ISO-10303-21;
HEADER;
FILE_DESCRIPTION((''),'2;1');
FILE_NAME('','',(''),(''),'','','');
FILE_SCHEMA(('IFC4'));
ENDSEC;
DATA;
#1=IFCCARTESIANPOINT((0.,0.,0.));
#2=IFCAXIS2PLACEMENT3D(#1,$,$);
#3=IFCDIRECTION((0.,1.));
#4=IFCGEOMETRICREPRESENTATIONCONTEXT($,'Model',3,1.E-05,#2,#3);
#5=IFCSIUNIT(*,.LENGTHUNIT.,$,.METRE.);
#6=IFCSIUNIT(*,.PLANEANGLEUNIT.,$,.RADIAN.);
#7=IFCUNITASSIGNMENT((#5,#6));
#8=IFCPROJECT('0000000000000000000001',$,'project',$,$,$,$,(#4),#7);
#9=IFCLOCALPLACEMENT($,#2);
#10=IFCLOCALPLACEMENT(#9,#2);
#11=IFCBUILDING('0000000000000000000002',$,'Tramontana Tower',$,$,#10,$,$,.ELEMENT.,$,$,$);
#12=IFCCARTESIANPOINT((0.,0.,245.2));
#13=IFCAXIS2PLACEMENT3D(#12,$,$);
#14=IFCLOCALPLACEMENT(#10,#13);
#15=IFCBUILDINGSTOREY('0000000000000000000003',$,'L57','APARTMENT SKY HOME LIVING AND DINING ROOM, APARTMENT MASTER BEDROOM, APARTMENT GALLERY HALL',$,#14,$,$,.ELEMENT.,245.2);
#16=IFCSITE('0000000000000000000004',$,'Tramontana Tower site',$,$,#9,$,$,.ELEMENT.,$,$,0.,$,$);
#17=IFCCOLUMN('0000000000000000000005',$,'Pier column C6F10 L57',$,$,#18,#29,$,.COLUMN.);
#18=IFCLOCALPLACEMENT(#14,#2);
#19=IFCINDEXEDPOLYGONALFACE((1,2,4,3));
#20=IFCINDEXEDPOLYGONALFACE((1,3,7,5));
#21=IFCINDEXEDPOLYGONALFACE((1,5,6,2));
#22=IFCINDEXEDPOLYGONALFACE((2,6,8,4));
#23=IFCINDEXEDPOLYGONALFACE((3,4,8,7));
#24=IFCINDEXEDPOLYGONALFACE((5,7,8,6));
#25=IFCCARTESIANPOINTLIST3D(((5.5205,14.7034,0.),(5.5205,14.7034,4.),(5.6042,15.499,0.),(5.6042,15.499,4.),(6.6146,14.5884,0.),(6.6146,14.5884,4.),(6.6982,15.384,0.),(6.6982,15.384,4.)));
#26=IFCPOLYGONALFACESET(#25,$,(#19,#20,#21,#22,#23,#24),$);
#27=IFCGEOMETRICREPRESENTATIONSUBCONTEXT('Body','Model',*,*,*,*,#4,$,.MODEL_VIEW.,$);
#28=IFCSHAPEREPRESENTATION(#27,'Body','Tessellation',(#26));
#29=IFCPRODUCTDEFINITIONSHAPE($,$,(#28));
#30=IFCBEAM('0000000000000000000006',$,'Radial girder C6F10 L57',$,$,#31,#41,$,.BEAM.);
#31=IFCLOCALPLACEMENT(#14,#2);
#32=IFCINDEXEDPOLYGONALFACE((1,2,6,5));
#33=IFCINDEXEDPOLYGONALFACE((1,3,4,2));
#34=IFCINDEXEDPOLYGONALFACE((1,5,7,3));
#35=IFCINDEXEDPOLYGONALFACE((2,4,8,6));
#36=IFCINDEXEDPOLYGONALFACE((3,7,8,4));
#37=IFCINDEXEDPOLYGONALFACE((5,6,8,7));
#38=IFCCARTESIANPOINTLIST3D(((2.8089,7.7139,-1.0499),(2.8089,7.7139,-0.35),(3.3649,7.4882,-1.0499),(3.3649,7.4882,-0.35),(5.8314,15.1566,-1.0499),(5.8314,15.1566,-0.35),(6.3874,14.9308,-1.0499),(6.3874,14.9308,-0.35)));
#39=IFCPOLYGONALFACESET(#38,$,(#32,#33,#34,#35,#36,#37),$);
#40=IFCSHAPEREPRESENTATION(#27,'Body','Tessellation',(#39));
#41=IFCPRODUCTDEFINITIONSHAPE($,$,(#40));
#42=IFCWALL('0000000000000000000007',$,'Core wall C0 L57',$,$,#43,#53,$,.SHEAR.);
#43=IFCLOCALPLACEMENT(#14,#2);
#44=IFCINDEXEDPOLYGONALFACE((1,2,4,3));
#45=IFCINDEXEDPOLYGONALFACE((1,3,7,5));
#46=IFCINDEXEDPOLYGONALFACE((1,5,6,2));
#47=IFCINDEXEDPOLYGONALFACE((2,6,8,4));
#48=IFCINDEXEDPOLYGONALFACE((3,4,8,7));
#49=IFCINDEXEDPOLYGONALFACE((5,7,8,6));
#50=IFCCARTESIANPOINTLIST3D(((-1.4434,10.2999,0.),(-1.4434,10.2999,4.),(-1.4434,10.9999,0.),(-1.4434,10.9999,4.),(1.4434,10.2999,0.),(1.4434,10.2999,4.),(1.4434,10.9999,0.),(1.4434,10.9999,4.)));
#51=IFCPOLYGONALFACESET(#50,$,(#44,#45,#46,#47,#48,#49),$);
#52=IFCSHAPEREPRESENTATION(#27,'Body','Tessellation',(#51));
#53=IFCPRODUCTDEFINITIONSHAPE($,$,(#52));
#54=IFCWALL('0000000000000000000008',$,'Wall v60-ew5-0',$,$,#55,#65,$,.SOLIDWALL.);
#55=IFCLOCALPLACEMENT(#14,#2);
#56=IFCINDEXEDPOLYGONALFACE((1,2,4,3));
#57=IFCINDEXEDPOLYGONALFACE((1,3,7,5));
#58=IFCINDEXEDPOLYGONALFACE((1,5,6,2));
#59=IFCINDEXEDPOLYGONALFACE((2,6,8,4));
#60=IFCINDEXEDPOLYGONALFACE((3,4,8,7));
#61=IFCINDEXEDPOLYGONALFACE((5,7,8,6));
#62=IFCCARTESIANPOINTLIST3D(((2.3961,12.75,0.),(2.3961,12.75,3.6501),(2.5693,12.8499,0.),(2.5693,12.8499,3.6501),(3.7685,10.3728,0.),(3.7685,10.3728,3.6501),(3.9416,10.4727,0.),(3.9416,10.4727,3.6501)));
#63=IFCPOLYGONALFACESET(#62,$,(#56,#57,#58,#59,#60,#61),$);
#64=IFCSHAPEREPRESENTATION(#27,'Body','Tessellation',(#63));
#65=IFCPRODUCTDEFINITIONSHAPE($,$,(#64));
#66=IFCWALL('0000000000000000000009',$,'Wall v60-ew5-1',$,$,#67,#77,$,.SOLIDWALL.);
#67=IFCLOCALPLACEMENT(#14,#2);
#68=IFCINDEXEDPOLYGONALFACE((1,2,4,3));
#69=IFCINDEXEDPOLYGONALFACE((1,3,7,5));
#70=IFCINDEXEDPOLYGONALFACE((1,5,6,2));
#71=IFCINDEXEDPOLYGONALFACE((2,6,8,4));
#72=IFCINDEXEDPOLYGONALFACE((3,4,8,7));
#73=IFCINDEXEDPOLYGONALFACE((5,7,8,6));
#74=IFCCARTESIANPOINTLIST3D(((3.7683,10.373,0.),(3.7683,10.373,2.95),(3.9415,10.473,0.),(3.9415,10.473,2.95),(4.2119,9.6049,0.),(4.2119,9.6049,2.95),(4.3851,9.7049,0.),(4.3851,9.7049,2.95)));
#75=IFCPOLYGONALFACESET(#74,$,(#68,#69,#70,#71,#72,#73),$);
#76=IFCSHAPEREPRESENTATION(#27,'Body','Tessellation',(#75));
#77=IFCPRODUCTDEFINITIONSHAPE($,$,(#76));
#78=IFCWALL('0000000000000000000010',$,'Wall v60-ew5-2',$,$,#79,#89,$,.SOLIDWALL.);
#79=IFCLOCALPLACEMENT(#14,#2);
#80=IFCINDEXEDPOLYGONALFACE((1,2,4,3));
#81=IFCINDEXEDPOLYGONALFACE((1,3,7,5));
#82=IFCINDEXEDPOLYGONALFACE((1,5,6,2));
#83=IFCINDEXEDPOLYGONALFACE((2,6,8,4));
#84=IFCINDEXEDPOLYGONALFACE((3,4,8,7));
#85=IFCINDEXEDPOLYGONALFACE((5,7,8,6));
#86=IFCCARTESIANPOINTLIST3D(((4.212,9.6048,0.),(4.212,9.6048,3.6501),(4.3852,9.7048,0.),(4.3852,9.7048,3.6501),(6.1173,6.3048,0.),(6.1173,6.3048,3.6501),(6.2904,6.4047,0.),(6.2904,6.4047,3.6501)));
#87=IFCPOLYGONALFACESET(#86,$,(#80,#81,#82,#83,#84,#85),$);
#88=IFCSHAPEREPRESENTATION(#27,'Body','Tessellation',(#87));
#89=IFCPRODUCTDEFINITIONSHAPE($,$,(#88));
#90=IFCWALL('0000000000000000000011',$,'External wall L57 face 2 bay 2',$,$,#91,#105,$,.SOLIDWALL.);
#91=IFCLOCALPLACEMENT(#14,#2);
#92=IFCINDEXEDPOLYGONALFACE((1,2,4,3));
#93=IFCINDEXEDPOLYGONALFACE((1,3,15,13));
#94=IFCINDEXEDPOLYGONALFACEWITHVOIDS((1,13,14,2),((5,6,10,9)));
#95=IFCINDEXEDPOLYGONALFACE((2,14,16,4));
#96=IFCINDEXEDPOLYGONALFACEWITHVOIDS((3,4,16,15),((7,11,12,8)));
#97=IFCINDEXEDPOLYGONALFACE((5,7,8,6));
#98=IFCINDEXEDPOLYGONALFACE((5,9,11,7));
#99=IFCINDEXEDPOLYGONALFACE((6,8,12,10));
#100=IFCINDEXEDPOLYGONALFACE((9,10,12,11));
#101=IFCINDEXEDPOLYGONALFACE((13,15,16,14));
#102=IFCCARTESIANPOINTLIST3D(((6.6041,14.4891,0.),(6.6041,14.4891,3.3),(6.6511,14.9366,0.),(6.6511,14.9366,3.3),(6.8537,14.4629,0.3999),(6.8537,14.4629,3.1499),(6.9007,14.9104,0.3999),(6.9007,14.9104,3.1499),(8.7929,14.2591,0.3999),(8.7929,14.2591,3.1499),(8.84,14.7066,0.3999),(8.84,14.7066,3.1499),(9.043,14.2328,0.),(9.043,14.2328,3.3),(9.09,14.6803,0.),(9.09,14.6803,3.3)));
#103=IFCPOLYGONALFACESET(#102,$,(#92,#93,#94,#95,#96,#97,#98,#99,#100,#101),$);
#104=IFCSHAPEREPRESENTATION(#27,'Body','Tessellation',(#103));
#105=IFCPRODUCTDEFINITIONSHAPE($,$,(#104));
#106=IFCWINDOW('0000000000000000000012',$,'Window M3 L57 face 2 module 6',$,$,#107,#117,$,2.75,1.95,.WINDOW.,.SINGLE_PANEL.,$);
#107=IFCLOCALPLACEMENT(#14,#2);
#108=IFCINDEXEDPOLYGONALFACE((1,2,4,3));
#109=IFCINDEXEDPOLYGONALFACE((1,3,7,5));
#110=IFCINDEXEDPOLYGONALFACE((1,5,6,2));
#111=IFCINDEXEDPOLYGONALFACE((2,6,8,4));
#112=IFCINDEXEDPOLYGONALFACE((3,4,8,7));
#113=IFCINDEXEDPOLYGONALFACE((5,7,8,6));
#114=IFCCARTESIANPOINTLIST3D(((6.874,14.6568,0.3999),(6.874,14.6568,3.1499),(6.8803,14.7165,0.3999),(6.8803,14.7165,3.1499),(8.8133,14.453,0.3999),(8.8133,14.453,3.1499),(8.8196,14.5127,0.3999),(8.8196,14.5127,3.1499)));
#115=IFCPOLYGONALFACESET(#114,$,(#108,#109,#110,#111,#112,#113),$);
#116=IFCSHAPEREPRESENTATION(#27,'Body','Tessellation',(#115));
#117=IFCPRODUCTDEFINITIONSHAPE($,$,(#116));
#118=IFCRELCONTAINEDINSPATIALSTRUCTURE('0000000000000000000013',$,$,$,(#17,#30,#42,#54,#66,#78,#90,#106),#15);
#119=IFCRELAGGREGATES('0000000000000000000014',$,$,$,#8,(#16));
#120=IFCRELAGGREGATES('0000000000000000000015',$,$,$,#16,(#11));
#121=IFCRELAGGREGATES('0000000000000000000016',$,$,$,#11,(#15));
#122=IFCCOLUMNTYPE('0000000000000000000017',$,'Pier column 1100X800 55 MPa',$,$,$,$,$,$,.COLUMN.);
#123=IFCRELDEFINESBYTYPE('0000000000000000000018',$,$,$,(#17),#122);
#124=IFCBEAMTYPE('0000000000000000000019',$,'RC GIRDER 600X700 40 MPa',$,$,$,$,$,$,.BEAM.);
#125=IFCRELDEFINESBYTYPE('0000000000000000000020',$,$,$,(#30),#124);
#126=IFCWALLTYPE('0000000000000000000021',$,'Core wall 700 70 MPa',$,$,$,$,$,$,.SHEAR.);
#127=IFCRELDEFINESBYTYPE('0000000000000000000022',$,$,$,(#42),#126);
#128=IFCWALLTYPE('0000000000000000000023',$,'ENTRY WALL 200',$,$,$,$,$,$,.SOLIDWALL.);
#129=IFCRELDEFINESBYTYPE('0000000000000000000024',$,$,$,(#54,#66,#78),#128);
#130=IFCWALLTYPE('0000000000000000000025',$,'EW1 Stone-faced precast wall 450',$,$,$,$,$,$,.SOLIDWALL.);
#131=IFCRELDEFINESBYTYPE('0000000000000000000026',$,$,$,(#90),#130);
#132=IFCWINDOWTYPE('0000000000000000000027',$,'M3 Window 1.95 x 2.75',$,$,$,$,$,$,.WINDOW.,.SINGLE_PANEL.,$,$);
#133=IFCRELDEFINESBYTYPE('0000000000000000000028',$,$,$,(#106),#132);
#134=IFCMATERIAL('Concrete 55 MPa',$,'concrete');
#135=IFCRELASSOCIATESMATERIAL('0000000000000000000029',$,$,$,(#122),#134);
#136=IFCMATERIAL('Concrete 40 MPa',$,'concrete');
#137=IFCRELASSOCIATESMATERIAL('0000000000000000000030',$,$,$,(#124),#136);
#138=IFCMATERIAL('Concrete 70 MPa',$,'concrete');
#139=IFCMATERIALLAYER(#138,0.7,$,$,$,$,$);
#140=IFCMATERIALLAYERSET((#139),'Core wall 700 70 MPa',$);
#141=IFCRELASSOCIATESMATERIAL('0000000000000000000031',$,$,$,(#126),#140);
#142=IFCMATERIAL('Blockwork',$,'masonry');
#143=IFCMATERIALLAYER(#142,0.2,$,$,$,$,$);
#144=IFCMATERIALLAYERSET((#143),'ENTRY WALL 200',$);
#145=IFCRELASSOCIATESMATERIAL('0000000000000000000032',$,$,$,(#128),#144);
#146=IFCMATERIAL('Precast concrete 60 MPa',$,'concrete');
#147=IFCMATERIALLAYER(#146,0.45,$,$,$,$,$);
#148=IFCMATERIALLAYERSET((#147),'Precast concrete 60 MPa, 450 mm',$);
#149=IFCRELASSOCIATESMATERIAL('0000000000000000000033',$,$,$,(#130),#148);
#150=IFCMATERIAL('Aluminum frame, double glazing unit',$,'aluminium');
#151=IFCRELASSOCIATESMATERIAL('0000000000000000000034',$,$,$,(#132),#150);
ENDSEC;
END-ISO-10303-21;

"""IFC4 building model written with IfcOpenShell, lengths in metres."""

from ifc_helpers import new_model, si_unit, direction, frame, frame_2d, origin, origin_2d, place, context, subcontext, project, spatial, rectangle, extrude, material, layer, layer_set, material_profile, profile_set, type_object, element, fill, save


model = new_model("IFC4")

# Units and contexts
model_context = context("Model", 3, precision=1e-05, world=origin(), true_north=direction((0.0, 1.0)))
body_context = subcontext(model_context, "Body", "Model", "MODEL_VIEW")
ifc_project = project(units=[si_unit("LENGTHUNIT", "METRE"), si_unit("PLANEANGLEUNIT", "RADIAN")], contexts=[model_context])

# Site, building, storey
site_placement = place(None, origin())
site = spatial("IfcSite", under=ifc_project, at=site_placement, Name="Tramontana Tower site", CompositionType="ELEMENT", RefElevation=0.0)
building_placement = place(site_placement, origin())
building = spatial("IfcBuilding", under=site, at=building_placement, Name="Tramontana Tower", CompositionType="ELEMENT")
storey_placement = place(building_placement, frame((0.0, 0.0, 245.2)))
storey = spatial("IfcBuildingStorey", under=building, at=storey_placement, Name="L57", Description="APARTMENT SKY HOME LIVING AND DINING ROOM, APARTMENT MASTER BEDROOM, APARTMENT GALLERY HALL", CompositionType="ELEMENT", Elevation=245.2)

# Column
ifc_material_1 = material(Name="Concrete 55 MPa", Category="concrete")
ifc_material_profile_1 = material_profile(ifc_material_1, rectangle(XDim=1.1001, YDim=0.8, at=origin_2d()), Name="Pier column 1100X800 55 MPa")
ifc_profile_set_1 = profile_set([ifc_material_profile_1], Name="Concrete 55 MPa")
column_type = type_object("IfcColumnType", Name="Pier column 1100X800 55 MPa", PredefinedType="COLUMN", material=ifc_profile_set_1)
column_placement = place(storey_placement, frame((6.1094, 15.0437, 0.0), z_axis=(0.0, 0.0, 1.0), x_axis=(-0.994522, 0.104528, 0.0)))
element("IfcColumn", 1, at=column_placement, inside=storey, type_object=column_type, Name="Pier column C6F10 L57", PredefinedType="COLUMN", context=body_context, shape_type="SweptSolid", body=[
    extrude(rectangle(XDim=1.1001, YDim=0.8, at=origin_2d()), origin(), (0.0, 0.0, 1.0), 4.0),
])

# Beam
ifc_material_2 = material(Name="Concrete 40 MPa", Category="concrete")
ifc_material_profile_2 = material_profile(ifc_material_2, rectangle(XDim=0.6001, YDim=0.7, at=origin_2d()), Name="RC GIRDER 600X700 40 MPa")
ifc_profile_set_2 = profile_set([ifc_material_profile_2], Name="Concrete 40 MPa")
beam_type = type_object("IfcBeamType", Name="RC GIRDER 600X700 40 MPa", PredefinedType="BEAM", material=ifc_profile_set_2)
beam_placement = place(storey_placement, frame((6.1094, 15.0437, -0.7), z_axis=(-0.376259, -0.926515, 0.0), x_axis=(0.926515, -0.376259, 0.0)))
element("IfcBeam", 2, at=beam_placement, inside=storey, type_object=beam_type, Name="Radial girder C6F10 L57", PredefinedType="BEAM", context=body_context, shape_type="SweptSolid", body=[
    extrude(rectangle(XDim=0.6001, YDim=0.7, at=origin_2d()), origin(), (0.0, 0.0, 1.0), 8.033),
])

# Walls
ifc_material_3 = material(Name="Concrete 70 MPa", Category="concrete")
ifc_layer_1 = layer(ifc_material_3, 0.7)
ifc_layer_set_1 = layer_set([ifc_layer_1], Name="Core wall 700 70 MPa")
wall_type_1 = type_object("IfcWallType", Name="Core wall 700 70 MPa", PredefinedType="SHEAR", material=ifc_layer_set_1)
wall_1_placement = place(storey_placement, frame((1.4434, 10.6499, 0.0), z_axis=(0.0, 0.0, 1.0), x_axis=(-1.0, 0.0, 0.0)))
element("IfcWall", 3, at=wall_1_placement, inside=storey, type_object=wall_type_1, Name="Core wall C0 L57", PredefinedType="SHEAR", context=body_context, shape_type="SweptSolid", body=[
    extrude(rectangle(XDim=2.8867, YDim=0.7, at=frame_2d((1.4434, 0.0))), origin(), (0.0, 0.0, 1.0), 4.0),
])
ifc_material_4 = material(Name="Blockwork", Category="masonry")
ifc_layer_2 = layer(ifc_material_4, 0.2)
ifc_layer_set_2 = layer_set([ifc_layer_2], Name="ENTRY WALL 200")
wall_type_2 = type_object("IfcWallType", Name="ENTRY WALL 200", PredefinedType="SOLIDWALL", material=ifc_layer_set_2)
wall_2_placement = place(storey_placement, frame((2.4827, 12.8, 0.0), z_axis=(0.0, 0.0, 1.0), x_axis=(0.499956, -0.866051, 0.0)))
element("IfcWall", 4, at=wall_2_placement, inside=storey, type_object=wall_type_2, Name="Wall v60-ew5-0", PredefinedType="SOLIDWALL", context=body_context, shape_type="SweptSolid", body=[
    extrude(rectangle(XDim=2.7449, YDim=0.2, at=frame_2d((1.3726, 0.0))), origin(), (0.0, 0.0, 1.0), 3.6501),
])
wall_3_placement = place(storey_placement, frame((3.855, 10.4229, 0.0), z_axis=(0.0, 0.0, 1.0), x_axis=(0.500135, -0.865947, 0.0)))
element("IfcWall", 5, at=wall_3_placement, inside=storey, type_object=wall_type_2, Name="Wall v60-ew5-1", PredefinedType="SOLIDWALL", context=body_context, shape_type="SweptSolid", body=[
    extrude(rectangle(XDim=0.887, YDim=0.2, at=frame_2d((0.4434, 0.0))), origin(), (0.0, 0.0, 1.0), 2.95),
])
wall_4_placement = place(storey_placement, frame((4.2986, 9.6548, 0.0), z_axis=(0.0, 0.0, 1.0), x_axis=(0.499998, -0.866027, 0.0)))
element("IfcWall", 6, at=wall_4_placement, inside=storey, type_object=wall_type_2, Name="Wall v60-ew5-2", PredefinedType="SOLIDWALL", context=body_context, shape_type="SweptSolid", body=[
    extrude(rectangle(XDim=3.8105, YDim=0.2, at=frame_2d((1.9053, 0.0))), origin(), (0.0, 0.0, 1.0), 3.6501),
])

# Wall, opening, window
ifc_material_5 = material(Name="Precast concrete 60 MPa", Category="concrete")
ifc_layer_3 = layer(ifc_material_5, 0.45)
ifc_layer_set_3 = layer_set([ifc_layer_3], Name="Precast concrete 60 MPa, 450 mm")
wall_type_3 = type_object("IfcWallType", Name="EW1 Stone-faced precast wall 450", PredefinedType="SOLIDWALL", material=ifc_layer_set_3)
wall_5_placement = place(storey_placement, frame((9.0664, 14.4565, 0.0), z_axis=(0.0, 0.0, 1.0), x_axis=(-0.994522, 0.104529, 0.0)))
wall_5 = element("IfcWall", 7, at=wall_5_placement, inside=storey, type_object=wall_type_3, Name="External wall L57 face 2 bay 2", PredefinedType="SOLIDWALL", context=body_context, shape_type="SweptSolid", body=[
    extrude(rectangle(XDim=2.4524, YDim=0.45, at=frame_2d((1.2261, 0.0))), origin(), (0.0, 0.0, 1.0), 3.3),
])
opening_1_placement = place(wall_5_placement, frame((0.2512, 0.0, 0.3999)))
opening_1 = element("IfcOpeningElement", 8, at=opening_1_placement, cuts=wall_5, PredefinedType="OPENING", context=body_context, shape_type="SweptSolid", body=[
    extrude(rectangle(XDim=1.95, YDim=2.75, at=frame_2d((0.9751, 1.375))), frame((0.0, 0.2349, 0.0), z_axis=(0.0, -1.0, 0.0), x_axis=(1.0, 0.0, 0.0)), (0.0, 0.0, 1.0), 0.47),
])
ifc_material_6 = material(Name="Aluminum frame, double glazing unit", Category="aluminium")
window_type = type_object("IfcWindowType", Name="M3 Window 1.95 x 2.75", PartitioningType="SINGLE_PANEL", PredefinedType="WINDOW", material=ifc_material_6)
window_1_placement = place(opening_1_placement, origin())
window_1 = element("IfcWindow", 9, at=window_1_placement, inside=storey, type_object=window_type, Name="Window M3 L57 face 2 module 6", OverallHeight=2.75, OverallWidth=1.95, PartitioningType="SINGLE_PANEL", PredefinedType="WINDOW", context=body_context, shape_type="SweptSolid", body=[
    extrude(rectangle(XDim=1.95, YDim=2.75, at=frame_2d((0.9751, 1.375))), frame((0.0, 0.03, 0.0), z_axis=(0.0, -1.0, 0.0), x_axis=(1.0, 0.0, 0.0)), (0.0, 0.0, 1.0), 0.0601),
])
fill(opening_1, window_1)

save(model, "model.ifc")
